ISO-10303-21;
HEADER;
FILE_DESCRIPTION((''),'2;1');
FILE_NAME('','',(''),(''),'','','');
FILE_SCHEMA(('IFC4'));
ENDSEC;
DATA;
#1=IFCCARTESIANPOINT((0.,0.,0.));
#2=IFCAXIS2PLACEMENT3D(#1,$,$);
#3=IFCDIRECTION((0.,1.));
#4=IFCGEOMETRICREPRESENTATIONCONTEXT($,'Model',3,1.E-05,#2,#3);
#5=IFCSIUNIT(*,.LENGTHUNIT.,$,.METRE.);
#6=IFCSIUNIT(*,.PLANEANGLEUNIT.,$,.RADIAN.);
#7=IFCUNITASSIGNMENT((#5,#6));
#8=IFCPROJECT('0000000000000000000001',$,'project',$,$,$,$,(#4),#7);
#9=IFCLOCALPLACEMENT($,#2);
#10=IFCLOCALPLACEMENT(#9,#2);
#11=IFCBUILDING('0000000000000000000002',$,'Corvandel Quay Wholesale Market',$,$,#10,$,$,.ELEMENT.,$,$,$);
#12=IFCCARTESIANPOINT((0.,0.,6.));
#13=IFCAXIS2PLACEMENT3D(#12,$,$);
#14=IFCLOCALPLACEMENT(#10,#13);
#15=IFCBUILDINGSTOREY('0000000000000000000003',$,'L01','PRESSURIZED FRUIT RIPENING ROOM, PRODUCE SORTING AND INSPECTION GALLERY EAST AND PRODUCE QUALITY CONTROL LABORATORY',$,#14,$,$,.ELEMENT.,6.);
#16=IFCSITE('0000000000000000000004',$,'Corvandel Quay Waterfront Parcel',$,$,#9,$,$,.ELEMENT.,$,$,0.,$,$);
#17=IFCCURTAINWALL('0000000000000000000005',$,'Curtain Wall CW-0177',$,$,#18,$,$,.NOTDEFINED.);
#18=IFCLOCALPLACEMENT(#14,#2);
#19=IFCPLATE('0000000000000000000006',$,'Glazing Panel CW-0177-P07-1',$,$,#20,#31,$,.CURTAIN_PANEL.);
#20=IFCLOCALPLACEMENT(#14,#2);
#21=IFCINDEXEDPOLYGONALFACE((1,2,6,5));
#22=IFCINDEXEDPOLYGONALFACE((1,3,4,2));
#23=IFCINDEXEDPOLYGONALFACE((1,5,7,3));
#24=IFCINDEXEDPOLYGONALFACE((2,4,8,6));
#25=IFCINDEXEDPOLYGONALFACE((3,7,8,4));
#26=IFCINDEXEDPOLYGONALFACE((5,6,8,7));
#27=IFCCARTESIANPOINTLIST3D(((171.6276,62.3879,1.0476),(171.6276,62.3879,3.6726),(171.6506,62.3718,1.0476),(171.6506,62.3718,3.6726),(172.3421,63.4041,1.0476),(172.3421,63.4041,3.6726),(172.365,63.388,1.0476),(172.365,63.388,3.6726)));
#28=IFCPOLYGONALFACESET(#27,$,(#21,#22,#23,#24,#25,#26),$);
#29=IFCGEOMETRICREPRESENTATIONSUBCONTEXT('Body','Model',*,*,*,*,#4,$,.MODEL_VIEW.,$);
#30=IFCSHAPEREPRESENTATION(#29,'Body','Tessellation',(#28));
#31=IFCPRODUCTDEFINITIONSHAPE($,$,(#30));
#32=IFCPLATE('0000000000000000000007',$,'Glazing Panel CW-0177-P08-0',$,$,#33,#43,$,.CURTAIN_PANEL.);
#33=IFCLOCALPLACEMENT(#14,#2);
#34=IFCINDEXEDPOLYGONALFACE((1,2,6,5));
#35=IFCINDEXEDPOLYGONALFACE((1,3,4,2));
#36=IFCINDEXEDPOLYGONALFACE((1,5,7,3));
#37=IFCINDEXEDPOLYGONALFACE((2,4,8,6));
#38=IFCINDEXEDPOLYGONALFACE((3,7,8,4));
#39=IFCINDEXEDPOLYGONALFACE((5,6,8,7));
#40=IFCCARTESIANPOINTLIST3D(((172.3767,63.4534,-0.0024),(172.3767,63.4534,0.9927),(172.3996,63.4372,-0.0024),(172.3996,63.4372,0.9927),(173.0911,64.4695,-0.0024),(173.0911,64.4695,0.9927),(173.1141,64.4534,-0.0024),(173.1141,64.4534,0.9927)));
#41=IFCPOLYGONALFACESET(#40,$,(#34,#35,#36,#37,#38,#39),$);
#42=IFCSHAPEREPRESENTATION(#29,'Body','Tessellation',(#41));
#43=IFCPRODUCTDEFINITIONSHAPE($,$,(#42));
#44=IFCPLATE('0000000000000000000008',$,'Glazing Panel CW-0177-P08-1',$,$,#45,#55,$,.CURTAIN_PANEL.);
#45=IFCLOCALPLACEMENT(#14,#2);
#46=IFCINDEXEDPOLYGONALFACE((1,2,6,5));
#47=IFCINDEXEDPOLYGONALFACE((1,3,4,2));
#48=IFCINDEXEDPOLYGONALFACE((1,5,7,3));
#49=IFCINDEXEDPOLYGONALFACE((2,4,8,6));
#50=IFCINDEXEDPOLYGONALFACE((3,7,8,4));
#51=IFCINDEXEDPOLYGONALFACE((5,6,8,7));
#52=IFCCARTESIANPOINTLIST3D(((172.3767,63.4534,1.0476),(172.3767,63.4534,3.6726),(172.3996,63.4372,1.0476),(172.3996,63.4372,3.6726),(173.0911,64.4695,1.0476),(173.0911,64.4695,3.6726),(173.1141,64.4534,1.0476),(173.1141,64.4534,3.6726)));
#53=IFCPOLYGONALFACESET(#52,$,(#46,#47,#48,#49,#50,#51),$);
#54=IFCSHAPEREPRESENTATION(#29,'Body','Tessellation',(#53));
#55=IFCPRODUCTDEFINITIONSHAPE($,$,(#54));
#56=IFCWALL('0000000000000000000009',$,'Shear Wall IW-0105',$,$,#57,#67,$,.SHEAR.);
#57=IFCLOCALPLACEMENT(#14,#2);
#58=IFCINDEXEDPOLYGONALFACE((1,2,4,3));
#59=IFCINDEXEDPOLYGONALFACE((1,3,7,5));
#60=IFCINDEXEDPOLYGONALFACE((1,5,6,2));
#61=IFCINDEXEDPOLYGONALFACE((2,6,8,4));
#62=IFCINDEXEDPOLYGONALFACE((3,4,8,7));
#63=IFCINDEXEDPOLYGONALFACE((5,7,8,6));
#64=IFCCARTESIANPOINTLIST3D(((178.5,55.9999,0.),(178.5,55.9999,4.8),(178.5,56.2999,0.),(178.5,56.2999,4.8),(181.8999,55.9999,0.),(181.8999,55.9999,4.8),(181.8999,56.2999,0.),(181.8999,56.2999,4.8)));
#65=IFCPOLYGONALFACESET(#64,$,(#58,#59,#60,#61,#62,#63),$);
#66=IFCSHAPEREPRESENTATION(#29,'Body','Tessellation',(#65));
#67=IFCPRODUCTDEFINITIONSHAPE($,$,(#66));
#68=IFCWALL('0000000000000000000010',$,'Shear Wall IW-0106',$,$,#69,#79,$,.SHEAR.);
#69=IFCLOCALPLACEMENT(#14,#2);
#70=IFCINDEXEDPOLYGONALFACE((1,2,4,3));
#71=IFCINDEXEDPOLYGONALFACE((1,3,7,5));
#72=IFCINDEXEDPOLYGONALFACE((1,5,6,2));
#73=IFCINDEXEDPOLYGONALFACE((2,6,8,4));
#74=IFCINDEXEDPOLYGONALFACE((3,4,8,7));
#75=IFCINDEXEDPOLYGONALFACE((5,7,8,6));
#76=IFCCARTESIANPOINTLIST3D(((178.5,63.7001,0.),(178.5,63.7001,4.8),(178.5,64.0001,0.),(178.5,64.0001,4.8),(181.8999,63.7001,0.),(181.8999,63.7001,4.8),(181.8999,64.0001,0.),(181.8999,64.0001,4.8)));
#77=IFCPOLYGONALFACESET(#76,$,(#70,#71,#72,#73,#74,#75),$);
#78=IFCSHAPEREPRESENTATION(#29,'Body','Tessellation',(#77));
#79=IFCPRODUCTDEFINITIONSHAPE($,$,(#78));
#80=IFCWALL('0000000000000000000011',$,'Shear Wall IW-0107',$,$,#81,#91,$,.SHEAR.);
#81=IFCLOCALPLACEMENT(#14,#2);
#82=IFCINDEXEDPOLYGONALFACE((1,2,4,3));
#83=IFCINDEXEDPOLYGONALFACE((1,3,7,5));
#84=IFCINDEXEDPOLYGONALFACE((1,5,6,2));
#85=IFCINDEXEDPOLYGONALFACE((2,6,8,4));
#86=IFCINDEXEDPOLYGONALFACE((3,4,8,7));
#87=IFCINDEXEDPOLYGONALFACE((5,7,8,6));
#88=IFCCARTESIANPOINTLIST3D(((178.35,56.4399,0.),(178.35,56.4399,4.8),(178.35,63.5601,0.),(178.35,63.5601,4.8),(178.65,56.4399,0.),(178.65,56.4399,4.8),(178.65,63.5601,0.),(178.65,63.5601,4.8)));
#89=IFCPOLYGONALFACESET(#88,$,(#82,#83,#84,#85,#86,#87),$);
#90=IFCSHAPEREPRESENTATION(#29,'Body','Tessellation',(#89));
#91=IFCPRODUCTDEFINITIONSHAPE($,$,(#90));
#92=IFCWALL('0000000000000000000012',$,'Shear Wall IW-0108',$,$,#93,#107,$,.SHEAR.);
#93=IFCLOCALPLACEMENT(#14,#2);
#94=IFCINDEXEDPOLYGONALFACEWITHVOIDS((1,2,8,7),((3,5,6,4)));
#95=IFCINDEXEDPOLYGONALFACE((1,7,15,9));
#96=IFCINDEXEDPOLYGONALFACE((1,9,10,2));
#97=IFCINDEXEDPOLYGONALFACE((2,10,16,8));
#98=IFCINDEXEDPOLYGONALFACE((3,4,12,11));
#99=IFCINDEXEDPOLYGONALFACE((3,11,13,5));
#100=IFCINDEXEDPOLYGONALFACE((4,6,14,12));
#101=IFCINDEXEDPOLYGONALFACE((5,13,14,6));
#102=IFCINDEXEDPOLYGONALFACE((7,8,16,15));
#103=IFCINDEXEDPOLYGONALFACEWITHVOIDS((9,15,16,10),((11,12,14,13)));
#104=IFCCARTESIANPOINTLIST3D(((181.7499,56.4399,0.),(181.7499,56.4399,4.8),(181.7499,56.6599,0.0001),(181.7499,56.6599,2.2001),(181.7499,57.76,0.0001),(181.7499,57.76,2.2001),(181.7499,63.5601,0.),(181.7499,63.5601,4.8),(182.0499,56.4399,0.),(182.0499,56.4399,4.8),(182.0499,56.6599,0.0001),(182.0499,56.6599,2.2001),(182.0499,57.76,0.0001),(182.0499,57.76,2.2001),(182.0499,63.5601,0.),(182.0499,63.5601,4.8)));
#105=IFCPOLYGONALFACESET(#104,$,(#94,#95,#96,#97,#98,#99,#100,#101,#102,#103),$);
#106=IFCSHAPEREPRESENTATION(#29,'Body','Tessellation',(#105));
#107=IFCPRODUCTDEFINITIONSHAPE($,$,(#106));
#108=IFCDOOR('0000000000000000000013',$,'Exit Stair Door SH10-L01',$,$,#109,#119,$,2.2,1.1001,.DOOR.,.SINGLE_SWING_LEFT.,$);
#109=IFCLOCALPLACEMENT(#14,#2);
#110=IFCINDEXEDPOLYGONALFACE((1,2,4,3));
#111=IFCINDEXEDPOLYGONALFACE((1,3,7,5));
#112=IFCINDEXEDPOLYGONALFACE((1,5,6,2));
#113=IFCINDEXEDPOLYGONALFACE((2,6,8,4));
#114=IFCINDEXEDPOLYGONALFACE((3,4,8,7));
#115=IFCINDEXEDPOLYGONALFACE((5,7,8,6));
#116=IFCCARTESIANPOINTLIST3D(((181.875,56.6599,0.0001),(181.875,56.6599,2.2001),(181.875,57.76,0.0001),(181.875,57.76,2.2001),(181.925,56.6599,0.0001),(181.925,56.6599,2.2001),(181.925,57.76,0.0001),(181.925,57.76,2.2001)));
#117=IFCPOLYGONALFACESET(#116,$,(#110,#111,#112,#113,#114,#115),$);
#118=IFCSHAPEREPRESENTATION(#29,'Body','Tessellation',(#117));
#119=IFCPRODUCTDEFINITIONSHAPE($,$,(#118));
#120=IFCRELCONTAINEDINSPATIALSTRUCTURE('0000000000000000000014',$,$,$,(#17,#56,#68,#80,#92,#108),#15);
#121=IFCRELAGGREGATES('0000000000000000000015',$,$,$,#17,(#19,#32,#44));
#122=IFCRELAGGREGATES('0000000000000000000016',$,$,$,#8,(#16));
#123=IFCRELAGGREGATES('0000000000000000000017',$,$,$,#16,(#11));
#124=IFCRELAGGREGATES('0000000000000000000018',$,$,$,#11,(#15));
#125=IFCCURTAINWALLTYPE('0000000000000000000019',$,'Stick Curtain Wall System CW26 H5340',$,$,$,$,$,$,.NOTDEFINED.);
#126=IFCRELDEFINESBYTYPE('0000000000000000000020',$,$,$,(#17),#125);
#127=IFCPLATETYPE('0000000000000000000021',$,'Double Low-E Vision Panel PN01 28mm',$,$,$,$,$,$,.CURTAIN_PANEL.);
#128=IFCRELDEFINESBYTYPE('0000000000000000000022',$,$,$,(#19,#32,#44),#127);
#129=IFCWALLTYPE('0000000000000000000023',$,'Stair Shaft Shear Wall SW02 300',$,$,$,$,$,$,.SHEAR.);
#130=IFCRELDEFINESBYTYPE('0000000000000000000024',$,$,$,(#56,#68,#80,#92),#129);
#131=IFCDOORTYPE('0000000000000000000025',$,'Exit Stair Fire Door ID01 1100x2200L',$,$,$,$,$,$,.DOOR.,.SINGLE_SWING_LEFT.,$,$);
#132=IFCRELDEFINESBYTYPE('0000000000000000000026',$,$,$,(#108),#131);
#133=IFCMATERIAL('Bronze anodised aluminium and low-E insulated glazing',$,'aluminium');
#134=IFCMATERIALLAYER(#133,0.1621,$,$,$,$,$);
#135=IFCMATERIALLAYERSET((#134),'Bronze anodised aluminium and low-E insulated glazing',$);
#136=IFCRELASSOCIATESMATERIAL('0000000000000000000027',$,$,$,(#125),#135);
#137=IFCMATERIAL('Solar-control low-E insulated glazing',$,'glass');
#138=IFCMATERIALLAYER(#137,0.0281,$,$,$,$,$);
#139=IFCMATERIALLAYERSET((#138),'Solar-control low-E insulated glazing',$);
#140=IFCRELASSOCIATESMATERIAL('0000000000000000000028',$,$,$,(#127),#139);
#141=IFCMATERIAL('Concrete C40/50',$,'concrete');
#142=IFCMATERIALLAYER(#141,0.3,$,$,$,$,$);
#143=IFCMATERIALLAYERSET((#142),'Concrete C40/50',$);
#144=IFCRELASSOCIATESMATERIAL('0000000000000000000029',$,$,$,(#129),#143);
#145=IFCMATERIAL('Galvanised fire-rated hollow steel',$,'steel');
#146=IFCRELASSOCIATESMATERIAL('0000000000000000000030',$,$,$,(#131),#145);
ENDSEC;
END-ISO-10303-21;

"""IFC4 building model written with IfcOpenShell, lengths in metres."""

from ifc_helpers import new_model, si_unit, direction, frame, frame_2d, origin, origin_2d, place, context, subcontext, project, spatial, rectangle, extrude, material, layer, layer_set, type_object, element, fill, aggregate, save


model = new_model("IFC4")

# Units and contexts
model_context = context("Model", 3, precision=1e-05, world=origin(), true_north=direction((0.0, 1.0)))
body_context = subcontext(model_context, "Body", "Model", "MODEL_VIEW")
ifc_project = project(units=[si_unit("LENGTHUNIT", "METRE"), si_unit("PLANEANGLEUNIT", "RADIAN")], contexts=[model_context])

# Site, building, storey
site_placement = place(None, origin())
site = spatial("IfcSite", under=ifc_project, at=site_placement, Name="Corvandel Quay Waterfront Parcel", CompositionType="ELEMENT", RefElevation=0.0)
building_placement = place(site_placement, origin())
building = spatial("IfcBuilding", under=site, at=building_placement, Name="Corvandel Quay Wholesale Market", CompositionType="ELEMENT")
storey_placement = place(building_placement, frame((0.0, 0.0, 6.0)))
storey = spatial("IfcBuildingStorey", under=building, at=storey_placement, Name="L01", Description="PRESSURIZED FRUIT RIPENING ROOM, PRODUCE SORTING AND INSPECTION GALLERY EAST AND PRODUCE QUALITY CONTROL LABORATORY", CompositionType="ELEMENT", Elevation=6.0)

# Curtain wall, plates
ifc_material_1 = material(Name="Bronze anodised aluminium and low-E insulated glazing", Category="aluminium")
ifc_layer_1 = layer(ifc_material_1, 0.1621)
ifc_layer_set_1 = layer_set([ifc_layer_1], Name="Bronze anodised aluminium and low-E insulated glazing")
curtain_wall_type = type_object("IfcCurtainWallType", Name="Stick Curtain Wall System CW26 H5340", PredefinedType="NOTDEFINED", material=ifc_layer_set_1)
curtain_wall_placement = place(storey_placement, origin())
curtain_wall = element("IfcCurtainWall", 1, at=curtain_wall_placement, inside=storey, type_object=curtain_wall_type, Name="Curtain Wall CW-0177", PredefinedType="NOTDEFINED")
ifc_material_2 = material(Name="Solar-control low-E insulated glazing", Category="glass")
ifc_layer_2 = layer(ifc_material_2, 0.0281)
ifc_layer_set_2 = layer_set([ifc_layer_2], Name="Solar-control low-E insulated glazing")
plate_type_1 = type_object("IfcPlateType", Name="Double Low-E Vision Panel PN01 28mm", PredefinedType="CURTAIN_PANEL", material=ifc_layer_set_2)
plate_1_placement = place(storey_placement, frame((171.9963, 62.8879, 1.0476), z_axis=(0.0, 0.0, 1.0), x_axis=(0.575148, 0.818049, 0.0)))
plate_1 = element("IfcPlate", 2, at=plate_1_placement, type_object=plate_type_1, Name="Glazing Panel CW-0177-P07-1", PredefinedType="CURTAIN_PANEL", context=body_context, shape_type="SweptSolid", body=[
    extrude(rectangle(XDim=1.2422, YDim=0.0281, at=origin_2d()), origin(), (0.0, 0.0, 1.0), 2.625),
])
plate_2_placement = place(storey_placement, frame((172.7454, 63.9534, -0.0024), z_axis=(0.0, 0.0, 1.0), x_axis=(0.575148, 0.818049, 0.0)))
plate_2 = element("IfcPlate", 3, at=plate_2_placement, type_object=plate_type_1, Name="Glazing Panel CW-0177-P08-0", PredefinedType="CURTAIN_PANEL", context=body_context, shape_type="SweptSolid", body=[
    extrude(rectangle(XDim=1.2422, YDim=0.0281, at=origin_2d()), origin(), (0.0, 0.0, 1.0), 0.9951),
])
plate_3_placement = place(storey_placement, frame((172.7454, 63.9534, 1.0476), z_axis=(0.0, 0.0, 1.0), x_axis=(0.575148, 0.818049, 0.0)))
plate_3 = element("IfcPlate", 4, at=plate_3_placement, type_object=plate_type_1, Name="Glazing Panel CW-0177-P08-1", PredefinedType="CURTAIN_PANEL", context=body_context, shape_type="SweptSolid", body=[
    extrude(rectangle(XDim=1.2422, YDim=0.0281, at=origin_2d()), origin(), (0.0, 0.0, 1.0), 2.625),
])
aggregate(curtain_wall, [plate_1, plate_2, plate_3])

# Walls
ifc_material_3 = material(Name="Concrete C40/50", Category="concrete")
ifc_layer_3 = layer(ifc_material_3, 0.3)
ifc_layer_set_3 = layer_set([ifc_layer_3], Name="Concrete C40/50")
wall_type = type_object("IfcWallType", Name="Stair Shaft Shear Wall SW02 300", PredefinedType="SHEAR", material=ifc_layer_set_3)
for number, where, z_axis, x_axis, name in (
    (5, (178.5, 56.1499, 0.0), (0.0, 0.0, 1.0), (1.0, 0.0, 0.0), "Shear Wall IW-0105"),
    (6, (178.5, 63.8501, 0.0), (0.0, 0.0, 1.0), (1.0, 0.0, 0.0), "Shear Wall IW-0106"),
):
    element("IfcWall", number, at=place(storey_placement, frame(where, z_axis=z_axis, x_axis=x_axis)), inside=storey, type_object=wall_type, Name=name, PredefinedType="SHEAR", context=body_context, shape_type="SweptSolid", body=[
        extrude(rectangle(XDim=3.3999, YDim=0.3, at=frame_2d((1.7, 0.0))), origin(), (0.0, 0.0, 1.0), 4.8),
    ])
wall_1_placement = place(storey_placement, frame((178.5, 56.4399, 0.0), z_axis=(0.0, 0.0, 1.0), x_axis=(0.0, 1.0, 0.0)))
element("IfcWall", 7, at=wall_1_placement, inside=storey, type_object=wall_type, Name="Shear Wall IW-0107", PredefinedType="SHEAR", context=body_context, shape_type="SweptSolid", body=[
    extrude(rectangle(XDim=7.1201, YDim=0.3, at=frame_2d((3.5601, 0.0))), origin(), (0.0, 0.0, 1.0), 4.8),
])

# Wall, opening, door
wall_2_placement = place(storey_placement, frame((181.8999, 56.4399, 0.0), z_axis=(0.0, 0.0, 1.0), x_axis=(0.0, 1.0, 0.0)))
wall_2 = element("IfcWall", 8, at=wall_2_placement, inside=storey, type_object=wall_type, Name="Shear Wall IW-0108", PredefinedType="SHEAR", context=body_context, shape_type="SweptSolid", body=[
    extrude(rectangle(XDim=7.1201, YDim=0.3, at=frame_2d((3.5601, 0.0))), origin(), (0.0, 0.0, 1.0), 4.8),
])
opening_placement = place(wall_2_placement, frame((0.22, 0.0, 0.0)))
opening = element("IfcOpeningElement", 9, at=opening_placement, cuts=wall_2, PredefinedType="OPENING", context=body_context, shape_type="SweptSolid", body=[
    extrude(rectangle(XDim=1.1001, YDim=2.2, at=frame_2d((0.55, 1.1001))), frame((0.0, 0.1599, 0.0), z_axis=(0.0, -1.0, 0.0), x_axis=(1.0, 0.0, 0.0)), (0.0, 0.0, 1.0), 0.3201),
])
ifc_material_4 = material(Name="Galvanised fire-rated hollow steel", Category="steel")
door_type = type_object("IfcDoorType", Name="Exit Stair Fire Door ID01 1100x2200L", OperationType="SINGLE_SWING_LEFT", PredefinedType="DOOR", material=ifc_material_4)
door_placement = place(opening_placement, origin())
door = element("IfcDoor", 10, at=door_placement, inside=storey, type_object=door_type, Name="Exit Stair Door SH10-L01", OperationType="SINGLE_SWING_LEFT", OverallHeight=2.2, OverallWidth=1.1001, PredefinedType="DOOR", context=body_context, shape_type="SweptSolid", body=[
    extrude(rectangle(XDim=1.1001, YDim=2.2, at=frame_2d((0.55, 1.1001))), frame((0.0, 0.0249, 0.0), z_axis=(0.0, -1.0, 0.0), x_axis=(1.0, 0.0, 0.0)), (0.0, 0.0, 1.0), 0.05),
])
fill(opening, door)

save(model, "model.ifc")
